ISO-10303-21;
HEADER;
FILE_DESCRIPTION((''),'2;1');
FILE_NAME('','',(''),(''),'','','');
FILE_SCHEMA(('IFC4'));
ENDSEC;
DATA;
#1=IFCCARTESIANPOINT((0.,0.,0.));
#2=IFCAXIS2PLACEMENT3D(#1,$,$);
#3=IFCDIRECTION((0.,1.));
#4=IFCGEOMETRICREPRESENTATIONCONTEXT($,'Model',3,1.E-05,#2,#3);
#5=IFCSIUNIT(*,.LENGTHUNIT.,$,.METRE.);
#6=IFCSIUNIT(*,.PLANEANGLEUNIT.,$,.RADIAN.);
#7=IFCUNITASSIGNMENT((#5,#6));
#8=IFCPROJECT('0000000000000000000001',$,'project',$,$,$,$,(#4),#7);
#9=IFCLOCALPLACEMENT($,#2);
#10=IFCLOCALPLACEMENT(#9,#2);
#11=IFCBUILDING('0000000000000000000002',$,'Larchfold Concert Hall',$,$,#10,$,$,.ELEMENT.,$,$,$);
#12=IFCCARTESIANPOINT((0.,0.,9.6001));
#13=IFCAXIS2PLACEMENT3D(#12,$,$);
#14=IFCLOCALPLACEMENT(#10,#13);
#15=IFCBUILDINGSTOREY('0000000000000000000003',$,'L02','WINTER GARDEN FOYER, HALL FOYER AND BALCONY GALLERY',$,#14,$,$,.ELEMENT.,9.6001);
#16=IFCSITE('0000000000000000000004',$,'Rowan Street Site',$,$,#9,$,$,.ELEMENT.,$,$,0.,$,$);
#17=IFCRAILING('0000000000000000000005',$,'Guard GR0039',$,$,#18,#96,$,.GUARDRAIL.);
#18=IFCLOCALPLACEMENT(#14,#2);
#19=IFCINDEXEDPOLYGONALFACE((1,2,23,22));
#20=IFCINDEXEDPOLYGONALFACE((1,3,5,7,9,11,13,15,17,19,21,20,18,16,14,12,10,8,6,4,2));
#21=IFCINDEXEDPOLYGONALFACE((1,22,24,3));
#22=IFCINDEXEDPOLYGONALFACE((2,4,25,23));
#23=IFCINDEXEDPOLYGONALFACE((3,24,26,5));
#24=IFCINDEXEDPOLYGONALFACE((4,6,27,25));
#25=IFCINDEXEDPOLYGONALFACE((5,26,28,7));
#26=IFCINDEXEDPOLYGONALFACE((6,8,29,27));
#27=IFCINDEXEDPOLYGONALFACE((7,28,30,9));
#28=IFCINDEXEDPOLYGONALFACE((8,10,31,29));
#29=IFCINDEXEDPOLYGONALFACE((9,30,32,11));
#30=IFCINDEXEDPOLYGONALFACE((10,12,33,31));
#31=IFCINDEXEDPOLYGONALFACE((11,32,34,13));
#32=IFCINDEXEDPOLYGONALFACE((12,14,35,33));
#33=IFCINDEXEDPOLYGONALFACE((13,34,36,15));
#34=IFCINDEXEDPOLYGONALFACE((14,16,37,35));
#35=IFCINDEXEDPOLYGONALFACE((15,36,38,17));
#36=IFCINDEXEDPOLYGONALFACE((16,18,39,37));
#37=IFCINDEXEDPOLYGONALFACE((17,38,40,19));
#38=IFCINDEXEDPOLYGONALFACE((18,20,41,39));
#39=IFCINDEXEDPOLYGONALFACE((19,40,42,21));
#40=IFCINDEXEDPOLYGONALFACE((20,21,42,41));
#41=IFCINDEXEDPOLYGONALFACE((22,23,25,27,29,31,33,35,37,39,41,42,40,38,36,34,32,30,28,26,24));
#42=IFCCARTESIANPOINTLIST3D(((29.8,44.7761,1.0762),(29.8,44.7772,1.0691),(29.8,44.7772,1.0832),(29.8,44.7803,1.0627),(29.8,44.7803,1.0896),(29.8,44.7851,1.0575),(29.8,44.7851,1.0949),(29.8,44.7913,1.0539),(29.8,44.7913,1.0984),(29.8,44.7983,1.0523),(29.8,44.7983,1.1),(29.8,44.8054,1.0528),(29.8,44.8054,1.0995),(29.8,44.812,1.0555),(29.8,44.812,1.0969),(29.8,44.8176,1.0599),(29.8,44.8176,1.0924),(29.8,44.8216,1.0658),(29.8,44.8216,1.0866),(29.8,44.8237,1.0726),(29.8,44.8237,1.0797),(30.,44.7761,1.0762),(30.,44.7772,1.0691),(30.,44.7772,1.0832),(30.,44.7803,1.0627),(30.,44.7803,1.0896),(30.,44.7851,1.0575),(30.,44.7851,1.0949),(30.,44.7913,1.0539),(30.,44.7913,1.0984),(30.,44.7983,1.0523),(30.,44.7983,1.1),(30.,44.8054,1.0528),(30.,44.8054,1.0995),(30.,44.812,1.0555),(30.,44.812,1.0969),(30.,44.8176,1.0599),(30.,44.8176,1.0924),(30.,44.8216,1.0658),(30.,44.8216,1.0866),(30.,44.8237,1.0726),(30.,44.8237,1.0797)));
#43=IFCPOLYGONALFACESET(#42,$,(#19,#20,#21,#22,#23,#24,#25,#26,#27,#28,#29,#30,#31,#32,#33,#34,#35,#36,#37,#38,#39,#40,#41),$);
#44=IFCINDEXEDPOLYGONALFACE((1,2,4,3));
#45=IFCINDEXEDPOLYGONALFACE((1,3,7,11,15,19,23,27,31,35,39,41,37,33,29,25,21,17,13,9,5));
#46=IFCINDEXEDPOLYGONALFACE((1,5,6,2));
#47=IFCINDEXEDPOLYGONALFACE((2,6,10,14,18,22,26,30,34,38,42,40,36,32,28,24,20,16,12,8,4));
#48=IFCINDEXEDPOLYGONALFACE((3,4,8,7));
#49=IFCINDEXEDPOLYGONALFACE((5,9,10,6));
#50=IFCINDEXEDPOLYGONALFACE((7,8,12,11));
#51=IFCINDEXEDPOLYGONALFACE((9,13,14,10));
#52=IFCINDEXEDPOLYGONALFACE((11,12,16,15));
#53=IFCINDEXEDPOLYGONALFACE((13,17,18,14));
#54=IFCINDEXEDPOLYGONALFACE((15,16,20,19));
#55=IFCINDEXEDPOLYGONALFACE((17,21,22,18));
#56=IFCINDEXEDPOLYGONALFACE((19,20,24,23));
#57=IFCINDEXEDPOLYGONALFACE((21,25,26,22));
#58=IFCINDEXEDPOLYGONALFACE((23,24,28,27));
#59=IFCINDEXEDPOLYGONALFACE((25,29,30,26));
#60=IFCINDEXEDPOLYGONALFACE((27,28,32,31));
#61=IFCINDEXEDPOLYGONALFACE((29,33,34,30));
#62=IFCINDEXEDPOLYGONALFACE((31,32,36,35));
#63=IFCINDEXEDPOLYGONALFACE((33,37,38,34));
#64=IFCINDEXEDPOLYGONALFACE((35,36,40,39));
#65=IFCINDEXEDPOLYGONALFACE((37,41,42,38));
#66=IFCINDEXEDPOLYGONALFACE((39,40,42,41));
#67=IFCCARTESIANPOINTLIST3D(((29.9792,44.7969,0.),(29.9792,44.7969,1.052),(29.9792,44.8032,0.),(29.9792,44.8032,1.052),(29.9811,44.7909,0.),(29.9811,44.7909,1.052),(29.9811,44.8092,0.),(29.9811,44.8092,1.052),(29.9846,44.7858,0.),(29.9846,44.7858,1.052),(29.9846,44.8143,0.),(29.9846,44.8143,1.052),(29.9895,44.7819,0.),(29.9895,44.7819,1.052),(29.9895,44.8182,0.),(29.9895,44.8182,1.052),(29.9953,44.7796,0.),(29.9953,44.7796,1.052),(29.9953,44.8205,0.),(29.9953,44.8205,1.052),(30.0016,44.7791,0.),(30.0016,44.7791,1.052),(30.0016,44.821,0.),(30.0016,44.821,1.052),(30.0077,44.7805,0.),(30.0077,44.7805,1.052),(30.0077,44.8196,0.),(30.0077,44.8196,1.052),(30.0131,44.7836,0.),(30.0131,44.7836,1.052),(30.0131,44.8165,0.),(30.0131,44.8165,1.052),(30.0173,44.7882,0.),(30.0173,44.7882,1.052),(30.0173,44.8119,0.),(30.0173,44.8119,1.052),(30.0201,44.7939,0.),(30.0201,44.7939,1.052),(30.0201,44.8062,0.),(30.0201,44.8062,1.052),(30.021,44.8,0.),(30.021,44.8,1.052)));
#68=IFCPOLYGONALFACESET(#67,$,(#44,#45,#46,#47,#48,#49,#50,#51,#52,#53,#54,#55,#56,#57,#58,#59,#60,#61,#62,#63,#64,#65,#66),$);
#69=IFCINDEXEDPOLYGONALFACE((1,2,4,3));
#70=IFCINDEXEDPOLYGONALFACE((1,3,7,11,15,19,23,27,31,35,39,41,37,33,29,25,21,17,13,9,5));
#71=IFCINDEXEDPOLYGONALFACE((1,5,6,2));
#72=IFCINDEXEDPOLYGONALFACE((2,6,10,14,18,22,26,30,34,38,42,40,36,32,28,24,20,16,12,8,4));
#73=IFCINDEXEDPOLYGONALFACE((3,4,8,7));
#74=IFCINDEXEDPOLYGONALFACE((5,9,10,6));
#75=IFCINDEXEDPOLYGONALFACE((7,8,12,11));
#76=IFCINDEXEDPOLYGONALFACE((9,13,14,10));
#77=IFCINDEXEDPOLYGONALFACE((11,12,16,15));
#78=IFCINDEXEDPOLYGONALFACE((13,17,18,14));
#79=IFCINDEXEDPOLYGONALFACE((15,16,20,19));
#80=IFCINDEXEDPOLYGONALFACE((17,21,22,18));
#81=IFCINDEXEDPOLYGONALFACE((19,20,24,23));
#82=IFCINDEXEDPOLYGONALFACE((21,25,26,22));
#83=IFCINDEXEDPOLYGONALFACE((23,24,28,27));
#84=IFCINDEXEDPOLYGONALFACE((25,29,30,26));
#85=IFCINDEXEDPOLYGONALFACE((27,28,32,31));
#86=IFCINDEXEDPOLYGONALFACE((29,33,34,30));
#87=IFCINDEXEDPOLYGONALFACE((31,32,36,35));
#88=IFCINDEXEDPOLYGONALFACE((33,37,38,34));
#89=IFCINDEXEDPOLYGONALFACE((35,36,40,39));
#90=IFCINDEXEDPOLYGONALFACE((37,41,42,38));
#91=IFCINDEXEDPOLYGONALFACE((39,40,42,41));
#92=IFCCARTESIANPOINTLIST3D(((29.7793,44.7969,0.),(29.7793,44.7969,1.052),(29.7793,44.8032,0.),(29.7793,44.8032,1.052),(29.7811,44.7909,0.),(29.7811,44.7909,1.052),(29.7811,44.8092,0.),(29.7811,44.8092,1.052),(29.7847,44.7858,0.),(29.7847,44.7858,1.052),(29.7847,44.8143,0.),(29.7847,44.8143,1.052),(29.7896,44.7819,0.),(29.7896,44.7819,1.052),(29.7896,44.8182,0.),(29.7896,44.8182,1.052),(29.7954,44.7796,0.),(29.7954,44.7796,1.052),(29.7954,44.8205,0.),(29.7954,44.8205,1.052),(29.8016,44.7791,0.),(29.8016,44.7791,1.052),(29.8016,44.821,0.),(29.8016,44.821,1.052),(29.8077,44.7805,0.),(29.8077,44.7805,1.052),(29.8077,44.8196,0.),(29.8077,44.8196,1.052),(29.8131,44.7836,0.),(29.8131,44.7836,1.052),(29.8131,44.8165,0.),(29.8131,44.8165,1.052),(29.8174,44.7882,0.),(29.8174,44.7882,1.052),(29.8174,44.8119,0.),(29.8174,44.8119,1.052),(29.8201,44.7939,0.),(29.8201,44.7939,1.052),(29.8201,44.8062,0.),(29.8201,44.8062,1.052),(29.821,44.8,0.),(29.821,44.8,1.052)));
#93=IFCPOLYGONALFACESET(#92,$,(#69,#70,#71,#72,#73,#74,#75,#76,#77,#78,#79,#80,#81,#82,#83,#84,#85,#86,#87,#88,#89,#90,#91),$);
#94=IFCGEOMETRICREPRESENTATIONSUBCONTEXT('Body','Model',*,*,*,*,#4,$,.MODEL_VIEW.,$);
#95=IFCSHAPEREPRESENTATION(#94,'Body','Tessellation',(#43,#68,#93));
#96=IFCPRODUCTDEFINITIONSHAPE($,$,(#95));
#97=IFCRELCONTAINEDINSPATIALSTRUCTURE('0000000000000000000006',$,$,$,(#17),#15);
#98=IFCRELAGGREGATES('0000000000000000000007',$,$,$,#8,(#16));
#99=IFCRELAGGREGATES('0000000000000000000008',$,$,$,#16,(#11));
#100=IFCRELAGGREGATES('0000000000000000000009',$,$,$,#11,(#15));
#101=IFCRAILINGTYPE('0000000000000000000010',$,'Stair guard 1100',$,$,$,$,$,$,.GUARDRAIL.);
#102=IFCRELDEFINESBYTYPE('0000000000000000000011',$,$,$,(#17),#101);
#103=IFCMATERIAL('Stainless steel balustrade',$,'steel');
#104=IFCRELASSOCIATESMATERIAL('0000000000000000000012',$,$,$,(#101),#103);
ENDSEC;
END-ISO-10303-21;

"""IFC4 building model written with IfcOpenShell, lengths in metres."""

from ifc_helpers import new_model, si_unit, direction, frame, origin, origin_2d, place, context, subcontext, project, spatial, circle, extrude, material, type_object, element, save


model = new_model("IFC4")

# Units and contexts
model_context = context("Model", 3, precision=1e-05, world=origin(), true_north=direction((0.0, 1.0)))
body_context = subcontext(model_context, "Body", "Model", "MODEL_VIEW")
ifc_project = project(units=[si_unit("LENGTHUNIT", "METRE"), si_unit("PLANEANGLEUNIT", "RADIAN")], contexts=[model_context])

# Site, building, storey
site_placement = place(None, origin())
site = spatial("IfcSite", under=ifc_project, at=site_placement, Name="Rowan Street Site", CompositionType="ELEMENT", RefElevation=0.0)
building_placement = place(site_placement, origin())
building = spatial("IfcBuilding", under=site, at=building_placement, Name="Larchfold Concert Hall", CompositionType="ELEMENT")
storey_placement = place(building_placement, frame((0.0, 0.0, 9.6001)))
storey = spatial("IfcBuildingStorey", under=building, at=storey_placement, Name="L02", Description="WINTER GARDEN FOYER, HALL FOYER AND BALCONY GALLERY", CompositionType="ELEMENT", Elevation=9.6001)

# Railing
ifc_material_1 = material(Name="Stainless steel balustrade", Category="steel")
railing_type_1 = type_object("IfcRailingType", Name="Stair guard 1100", PredefinedType="GUARDRAIL", material=ifc_material_1)
railing_1_placement = place(storey_placement, frame((30.0, 44.8, 0.0)))
element("IfcRailing", 1, at=railing_1_placement, inside=storey, type_object=railing_type_1, Name="Guard GR0039", PredefinedType="GUARDRAIL", context=body_context, shape_type="SweptSolid", body=[
    extrude(circle(Radius=0.0239, at=origin_2d()), frame((0.0, 0.0, 1.0762), z_axis=(-1.0, 0.0, 0.0), x_axis=(0.0, -1.0, 0.0)), (0.0, 0.0, 1.0), 0.2),
    extrude(circle(Radius=0.021, at=origin_2d()), origin(), (0.0, 0.0, 1.0), 1.052),
    extrude(circle(Radius=0.021, at=origin_2d()), frame((-0.2, 0.0, 0.0)), (0.0, 0.0, 1.0), 1.052),
])

save(model, "model.ifc")
